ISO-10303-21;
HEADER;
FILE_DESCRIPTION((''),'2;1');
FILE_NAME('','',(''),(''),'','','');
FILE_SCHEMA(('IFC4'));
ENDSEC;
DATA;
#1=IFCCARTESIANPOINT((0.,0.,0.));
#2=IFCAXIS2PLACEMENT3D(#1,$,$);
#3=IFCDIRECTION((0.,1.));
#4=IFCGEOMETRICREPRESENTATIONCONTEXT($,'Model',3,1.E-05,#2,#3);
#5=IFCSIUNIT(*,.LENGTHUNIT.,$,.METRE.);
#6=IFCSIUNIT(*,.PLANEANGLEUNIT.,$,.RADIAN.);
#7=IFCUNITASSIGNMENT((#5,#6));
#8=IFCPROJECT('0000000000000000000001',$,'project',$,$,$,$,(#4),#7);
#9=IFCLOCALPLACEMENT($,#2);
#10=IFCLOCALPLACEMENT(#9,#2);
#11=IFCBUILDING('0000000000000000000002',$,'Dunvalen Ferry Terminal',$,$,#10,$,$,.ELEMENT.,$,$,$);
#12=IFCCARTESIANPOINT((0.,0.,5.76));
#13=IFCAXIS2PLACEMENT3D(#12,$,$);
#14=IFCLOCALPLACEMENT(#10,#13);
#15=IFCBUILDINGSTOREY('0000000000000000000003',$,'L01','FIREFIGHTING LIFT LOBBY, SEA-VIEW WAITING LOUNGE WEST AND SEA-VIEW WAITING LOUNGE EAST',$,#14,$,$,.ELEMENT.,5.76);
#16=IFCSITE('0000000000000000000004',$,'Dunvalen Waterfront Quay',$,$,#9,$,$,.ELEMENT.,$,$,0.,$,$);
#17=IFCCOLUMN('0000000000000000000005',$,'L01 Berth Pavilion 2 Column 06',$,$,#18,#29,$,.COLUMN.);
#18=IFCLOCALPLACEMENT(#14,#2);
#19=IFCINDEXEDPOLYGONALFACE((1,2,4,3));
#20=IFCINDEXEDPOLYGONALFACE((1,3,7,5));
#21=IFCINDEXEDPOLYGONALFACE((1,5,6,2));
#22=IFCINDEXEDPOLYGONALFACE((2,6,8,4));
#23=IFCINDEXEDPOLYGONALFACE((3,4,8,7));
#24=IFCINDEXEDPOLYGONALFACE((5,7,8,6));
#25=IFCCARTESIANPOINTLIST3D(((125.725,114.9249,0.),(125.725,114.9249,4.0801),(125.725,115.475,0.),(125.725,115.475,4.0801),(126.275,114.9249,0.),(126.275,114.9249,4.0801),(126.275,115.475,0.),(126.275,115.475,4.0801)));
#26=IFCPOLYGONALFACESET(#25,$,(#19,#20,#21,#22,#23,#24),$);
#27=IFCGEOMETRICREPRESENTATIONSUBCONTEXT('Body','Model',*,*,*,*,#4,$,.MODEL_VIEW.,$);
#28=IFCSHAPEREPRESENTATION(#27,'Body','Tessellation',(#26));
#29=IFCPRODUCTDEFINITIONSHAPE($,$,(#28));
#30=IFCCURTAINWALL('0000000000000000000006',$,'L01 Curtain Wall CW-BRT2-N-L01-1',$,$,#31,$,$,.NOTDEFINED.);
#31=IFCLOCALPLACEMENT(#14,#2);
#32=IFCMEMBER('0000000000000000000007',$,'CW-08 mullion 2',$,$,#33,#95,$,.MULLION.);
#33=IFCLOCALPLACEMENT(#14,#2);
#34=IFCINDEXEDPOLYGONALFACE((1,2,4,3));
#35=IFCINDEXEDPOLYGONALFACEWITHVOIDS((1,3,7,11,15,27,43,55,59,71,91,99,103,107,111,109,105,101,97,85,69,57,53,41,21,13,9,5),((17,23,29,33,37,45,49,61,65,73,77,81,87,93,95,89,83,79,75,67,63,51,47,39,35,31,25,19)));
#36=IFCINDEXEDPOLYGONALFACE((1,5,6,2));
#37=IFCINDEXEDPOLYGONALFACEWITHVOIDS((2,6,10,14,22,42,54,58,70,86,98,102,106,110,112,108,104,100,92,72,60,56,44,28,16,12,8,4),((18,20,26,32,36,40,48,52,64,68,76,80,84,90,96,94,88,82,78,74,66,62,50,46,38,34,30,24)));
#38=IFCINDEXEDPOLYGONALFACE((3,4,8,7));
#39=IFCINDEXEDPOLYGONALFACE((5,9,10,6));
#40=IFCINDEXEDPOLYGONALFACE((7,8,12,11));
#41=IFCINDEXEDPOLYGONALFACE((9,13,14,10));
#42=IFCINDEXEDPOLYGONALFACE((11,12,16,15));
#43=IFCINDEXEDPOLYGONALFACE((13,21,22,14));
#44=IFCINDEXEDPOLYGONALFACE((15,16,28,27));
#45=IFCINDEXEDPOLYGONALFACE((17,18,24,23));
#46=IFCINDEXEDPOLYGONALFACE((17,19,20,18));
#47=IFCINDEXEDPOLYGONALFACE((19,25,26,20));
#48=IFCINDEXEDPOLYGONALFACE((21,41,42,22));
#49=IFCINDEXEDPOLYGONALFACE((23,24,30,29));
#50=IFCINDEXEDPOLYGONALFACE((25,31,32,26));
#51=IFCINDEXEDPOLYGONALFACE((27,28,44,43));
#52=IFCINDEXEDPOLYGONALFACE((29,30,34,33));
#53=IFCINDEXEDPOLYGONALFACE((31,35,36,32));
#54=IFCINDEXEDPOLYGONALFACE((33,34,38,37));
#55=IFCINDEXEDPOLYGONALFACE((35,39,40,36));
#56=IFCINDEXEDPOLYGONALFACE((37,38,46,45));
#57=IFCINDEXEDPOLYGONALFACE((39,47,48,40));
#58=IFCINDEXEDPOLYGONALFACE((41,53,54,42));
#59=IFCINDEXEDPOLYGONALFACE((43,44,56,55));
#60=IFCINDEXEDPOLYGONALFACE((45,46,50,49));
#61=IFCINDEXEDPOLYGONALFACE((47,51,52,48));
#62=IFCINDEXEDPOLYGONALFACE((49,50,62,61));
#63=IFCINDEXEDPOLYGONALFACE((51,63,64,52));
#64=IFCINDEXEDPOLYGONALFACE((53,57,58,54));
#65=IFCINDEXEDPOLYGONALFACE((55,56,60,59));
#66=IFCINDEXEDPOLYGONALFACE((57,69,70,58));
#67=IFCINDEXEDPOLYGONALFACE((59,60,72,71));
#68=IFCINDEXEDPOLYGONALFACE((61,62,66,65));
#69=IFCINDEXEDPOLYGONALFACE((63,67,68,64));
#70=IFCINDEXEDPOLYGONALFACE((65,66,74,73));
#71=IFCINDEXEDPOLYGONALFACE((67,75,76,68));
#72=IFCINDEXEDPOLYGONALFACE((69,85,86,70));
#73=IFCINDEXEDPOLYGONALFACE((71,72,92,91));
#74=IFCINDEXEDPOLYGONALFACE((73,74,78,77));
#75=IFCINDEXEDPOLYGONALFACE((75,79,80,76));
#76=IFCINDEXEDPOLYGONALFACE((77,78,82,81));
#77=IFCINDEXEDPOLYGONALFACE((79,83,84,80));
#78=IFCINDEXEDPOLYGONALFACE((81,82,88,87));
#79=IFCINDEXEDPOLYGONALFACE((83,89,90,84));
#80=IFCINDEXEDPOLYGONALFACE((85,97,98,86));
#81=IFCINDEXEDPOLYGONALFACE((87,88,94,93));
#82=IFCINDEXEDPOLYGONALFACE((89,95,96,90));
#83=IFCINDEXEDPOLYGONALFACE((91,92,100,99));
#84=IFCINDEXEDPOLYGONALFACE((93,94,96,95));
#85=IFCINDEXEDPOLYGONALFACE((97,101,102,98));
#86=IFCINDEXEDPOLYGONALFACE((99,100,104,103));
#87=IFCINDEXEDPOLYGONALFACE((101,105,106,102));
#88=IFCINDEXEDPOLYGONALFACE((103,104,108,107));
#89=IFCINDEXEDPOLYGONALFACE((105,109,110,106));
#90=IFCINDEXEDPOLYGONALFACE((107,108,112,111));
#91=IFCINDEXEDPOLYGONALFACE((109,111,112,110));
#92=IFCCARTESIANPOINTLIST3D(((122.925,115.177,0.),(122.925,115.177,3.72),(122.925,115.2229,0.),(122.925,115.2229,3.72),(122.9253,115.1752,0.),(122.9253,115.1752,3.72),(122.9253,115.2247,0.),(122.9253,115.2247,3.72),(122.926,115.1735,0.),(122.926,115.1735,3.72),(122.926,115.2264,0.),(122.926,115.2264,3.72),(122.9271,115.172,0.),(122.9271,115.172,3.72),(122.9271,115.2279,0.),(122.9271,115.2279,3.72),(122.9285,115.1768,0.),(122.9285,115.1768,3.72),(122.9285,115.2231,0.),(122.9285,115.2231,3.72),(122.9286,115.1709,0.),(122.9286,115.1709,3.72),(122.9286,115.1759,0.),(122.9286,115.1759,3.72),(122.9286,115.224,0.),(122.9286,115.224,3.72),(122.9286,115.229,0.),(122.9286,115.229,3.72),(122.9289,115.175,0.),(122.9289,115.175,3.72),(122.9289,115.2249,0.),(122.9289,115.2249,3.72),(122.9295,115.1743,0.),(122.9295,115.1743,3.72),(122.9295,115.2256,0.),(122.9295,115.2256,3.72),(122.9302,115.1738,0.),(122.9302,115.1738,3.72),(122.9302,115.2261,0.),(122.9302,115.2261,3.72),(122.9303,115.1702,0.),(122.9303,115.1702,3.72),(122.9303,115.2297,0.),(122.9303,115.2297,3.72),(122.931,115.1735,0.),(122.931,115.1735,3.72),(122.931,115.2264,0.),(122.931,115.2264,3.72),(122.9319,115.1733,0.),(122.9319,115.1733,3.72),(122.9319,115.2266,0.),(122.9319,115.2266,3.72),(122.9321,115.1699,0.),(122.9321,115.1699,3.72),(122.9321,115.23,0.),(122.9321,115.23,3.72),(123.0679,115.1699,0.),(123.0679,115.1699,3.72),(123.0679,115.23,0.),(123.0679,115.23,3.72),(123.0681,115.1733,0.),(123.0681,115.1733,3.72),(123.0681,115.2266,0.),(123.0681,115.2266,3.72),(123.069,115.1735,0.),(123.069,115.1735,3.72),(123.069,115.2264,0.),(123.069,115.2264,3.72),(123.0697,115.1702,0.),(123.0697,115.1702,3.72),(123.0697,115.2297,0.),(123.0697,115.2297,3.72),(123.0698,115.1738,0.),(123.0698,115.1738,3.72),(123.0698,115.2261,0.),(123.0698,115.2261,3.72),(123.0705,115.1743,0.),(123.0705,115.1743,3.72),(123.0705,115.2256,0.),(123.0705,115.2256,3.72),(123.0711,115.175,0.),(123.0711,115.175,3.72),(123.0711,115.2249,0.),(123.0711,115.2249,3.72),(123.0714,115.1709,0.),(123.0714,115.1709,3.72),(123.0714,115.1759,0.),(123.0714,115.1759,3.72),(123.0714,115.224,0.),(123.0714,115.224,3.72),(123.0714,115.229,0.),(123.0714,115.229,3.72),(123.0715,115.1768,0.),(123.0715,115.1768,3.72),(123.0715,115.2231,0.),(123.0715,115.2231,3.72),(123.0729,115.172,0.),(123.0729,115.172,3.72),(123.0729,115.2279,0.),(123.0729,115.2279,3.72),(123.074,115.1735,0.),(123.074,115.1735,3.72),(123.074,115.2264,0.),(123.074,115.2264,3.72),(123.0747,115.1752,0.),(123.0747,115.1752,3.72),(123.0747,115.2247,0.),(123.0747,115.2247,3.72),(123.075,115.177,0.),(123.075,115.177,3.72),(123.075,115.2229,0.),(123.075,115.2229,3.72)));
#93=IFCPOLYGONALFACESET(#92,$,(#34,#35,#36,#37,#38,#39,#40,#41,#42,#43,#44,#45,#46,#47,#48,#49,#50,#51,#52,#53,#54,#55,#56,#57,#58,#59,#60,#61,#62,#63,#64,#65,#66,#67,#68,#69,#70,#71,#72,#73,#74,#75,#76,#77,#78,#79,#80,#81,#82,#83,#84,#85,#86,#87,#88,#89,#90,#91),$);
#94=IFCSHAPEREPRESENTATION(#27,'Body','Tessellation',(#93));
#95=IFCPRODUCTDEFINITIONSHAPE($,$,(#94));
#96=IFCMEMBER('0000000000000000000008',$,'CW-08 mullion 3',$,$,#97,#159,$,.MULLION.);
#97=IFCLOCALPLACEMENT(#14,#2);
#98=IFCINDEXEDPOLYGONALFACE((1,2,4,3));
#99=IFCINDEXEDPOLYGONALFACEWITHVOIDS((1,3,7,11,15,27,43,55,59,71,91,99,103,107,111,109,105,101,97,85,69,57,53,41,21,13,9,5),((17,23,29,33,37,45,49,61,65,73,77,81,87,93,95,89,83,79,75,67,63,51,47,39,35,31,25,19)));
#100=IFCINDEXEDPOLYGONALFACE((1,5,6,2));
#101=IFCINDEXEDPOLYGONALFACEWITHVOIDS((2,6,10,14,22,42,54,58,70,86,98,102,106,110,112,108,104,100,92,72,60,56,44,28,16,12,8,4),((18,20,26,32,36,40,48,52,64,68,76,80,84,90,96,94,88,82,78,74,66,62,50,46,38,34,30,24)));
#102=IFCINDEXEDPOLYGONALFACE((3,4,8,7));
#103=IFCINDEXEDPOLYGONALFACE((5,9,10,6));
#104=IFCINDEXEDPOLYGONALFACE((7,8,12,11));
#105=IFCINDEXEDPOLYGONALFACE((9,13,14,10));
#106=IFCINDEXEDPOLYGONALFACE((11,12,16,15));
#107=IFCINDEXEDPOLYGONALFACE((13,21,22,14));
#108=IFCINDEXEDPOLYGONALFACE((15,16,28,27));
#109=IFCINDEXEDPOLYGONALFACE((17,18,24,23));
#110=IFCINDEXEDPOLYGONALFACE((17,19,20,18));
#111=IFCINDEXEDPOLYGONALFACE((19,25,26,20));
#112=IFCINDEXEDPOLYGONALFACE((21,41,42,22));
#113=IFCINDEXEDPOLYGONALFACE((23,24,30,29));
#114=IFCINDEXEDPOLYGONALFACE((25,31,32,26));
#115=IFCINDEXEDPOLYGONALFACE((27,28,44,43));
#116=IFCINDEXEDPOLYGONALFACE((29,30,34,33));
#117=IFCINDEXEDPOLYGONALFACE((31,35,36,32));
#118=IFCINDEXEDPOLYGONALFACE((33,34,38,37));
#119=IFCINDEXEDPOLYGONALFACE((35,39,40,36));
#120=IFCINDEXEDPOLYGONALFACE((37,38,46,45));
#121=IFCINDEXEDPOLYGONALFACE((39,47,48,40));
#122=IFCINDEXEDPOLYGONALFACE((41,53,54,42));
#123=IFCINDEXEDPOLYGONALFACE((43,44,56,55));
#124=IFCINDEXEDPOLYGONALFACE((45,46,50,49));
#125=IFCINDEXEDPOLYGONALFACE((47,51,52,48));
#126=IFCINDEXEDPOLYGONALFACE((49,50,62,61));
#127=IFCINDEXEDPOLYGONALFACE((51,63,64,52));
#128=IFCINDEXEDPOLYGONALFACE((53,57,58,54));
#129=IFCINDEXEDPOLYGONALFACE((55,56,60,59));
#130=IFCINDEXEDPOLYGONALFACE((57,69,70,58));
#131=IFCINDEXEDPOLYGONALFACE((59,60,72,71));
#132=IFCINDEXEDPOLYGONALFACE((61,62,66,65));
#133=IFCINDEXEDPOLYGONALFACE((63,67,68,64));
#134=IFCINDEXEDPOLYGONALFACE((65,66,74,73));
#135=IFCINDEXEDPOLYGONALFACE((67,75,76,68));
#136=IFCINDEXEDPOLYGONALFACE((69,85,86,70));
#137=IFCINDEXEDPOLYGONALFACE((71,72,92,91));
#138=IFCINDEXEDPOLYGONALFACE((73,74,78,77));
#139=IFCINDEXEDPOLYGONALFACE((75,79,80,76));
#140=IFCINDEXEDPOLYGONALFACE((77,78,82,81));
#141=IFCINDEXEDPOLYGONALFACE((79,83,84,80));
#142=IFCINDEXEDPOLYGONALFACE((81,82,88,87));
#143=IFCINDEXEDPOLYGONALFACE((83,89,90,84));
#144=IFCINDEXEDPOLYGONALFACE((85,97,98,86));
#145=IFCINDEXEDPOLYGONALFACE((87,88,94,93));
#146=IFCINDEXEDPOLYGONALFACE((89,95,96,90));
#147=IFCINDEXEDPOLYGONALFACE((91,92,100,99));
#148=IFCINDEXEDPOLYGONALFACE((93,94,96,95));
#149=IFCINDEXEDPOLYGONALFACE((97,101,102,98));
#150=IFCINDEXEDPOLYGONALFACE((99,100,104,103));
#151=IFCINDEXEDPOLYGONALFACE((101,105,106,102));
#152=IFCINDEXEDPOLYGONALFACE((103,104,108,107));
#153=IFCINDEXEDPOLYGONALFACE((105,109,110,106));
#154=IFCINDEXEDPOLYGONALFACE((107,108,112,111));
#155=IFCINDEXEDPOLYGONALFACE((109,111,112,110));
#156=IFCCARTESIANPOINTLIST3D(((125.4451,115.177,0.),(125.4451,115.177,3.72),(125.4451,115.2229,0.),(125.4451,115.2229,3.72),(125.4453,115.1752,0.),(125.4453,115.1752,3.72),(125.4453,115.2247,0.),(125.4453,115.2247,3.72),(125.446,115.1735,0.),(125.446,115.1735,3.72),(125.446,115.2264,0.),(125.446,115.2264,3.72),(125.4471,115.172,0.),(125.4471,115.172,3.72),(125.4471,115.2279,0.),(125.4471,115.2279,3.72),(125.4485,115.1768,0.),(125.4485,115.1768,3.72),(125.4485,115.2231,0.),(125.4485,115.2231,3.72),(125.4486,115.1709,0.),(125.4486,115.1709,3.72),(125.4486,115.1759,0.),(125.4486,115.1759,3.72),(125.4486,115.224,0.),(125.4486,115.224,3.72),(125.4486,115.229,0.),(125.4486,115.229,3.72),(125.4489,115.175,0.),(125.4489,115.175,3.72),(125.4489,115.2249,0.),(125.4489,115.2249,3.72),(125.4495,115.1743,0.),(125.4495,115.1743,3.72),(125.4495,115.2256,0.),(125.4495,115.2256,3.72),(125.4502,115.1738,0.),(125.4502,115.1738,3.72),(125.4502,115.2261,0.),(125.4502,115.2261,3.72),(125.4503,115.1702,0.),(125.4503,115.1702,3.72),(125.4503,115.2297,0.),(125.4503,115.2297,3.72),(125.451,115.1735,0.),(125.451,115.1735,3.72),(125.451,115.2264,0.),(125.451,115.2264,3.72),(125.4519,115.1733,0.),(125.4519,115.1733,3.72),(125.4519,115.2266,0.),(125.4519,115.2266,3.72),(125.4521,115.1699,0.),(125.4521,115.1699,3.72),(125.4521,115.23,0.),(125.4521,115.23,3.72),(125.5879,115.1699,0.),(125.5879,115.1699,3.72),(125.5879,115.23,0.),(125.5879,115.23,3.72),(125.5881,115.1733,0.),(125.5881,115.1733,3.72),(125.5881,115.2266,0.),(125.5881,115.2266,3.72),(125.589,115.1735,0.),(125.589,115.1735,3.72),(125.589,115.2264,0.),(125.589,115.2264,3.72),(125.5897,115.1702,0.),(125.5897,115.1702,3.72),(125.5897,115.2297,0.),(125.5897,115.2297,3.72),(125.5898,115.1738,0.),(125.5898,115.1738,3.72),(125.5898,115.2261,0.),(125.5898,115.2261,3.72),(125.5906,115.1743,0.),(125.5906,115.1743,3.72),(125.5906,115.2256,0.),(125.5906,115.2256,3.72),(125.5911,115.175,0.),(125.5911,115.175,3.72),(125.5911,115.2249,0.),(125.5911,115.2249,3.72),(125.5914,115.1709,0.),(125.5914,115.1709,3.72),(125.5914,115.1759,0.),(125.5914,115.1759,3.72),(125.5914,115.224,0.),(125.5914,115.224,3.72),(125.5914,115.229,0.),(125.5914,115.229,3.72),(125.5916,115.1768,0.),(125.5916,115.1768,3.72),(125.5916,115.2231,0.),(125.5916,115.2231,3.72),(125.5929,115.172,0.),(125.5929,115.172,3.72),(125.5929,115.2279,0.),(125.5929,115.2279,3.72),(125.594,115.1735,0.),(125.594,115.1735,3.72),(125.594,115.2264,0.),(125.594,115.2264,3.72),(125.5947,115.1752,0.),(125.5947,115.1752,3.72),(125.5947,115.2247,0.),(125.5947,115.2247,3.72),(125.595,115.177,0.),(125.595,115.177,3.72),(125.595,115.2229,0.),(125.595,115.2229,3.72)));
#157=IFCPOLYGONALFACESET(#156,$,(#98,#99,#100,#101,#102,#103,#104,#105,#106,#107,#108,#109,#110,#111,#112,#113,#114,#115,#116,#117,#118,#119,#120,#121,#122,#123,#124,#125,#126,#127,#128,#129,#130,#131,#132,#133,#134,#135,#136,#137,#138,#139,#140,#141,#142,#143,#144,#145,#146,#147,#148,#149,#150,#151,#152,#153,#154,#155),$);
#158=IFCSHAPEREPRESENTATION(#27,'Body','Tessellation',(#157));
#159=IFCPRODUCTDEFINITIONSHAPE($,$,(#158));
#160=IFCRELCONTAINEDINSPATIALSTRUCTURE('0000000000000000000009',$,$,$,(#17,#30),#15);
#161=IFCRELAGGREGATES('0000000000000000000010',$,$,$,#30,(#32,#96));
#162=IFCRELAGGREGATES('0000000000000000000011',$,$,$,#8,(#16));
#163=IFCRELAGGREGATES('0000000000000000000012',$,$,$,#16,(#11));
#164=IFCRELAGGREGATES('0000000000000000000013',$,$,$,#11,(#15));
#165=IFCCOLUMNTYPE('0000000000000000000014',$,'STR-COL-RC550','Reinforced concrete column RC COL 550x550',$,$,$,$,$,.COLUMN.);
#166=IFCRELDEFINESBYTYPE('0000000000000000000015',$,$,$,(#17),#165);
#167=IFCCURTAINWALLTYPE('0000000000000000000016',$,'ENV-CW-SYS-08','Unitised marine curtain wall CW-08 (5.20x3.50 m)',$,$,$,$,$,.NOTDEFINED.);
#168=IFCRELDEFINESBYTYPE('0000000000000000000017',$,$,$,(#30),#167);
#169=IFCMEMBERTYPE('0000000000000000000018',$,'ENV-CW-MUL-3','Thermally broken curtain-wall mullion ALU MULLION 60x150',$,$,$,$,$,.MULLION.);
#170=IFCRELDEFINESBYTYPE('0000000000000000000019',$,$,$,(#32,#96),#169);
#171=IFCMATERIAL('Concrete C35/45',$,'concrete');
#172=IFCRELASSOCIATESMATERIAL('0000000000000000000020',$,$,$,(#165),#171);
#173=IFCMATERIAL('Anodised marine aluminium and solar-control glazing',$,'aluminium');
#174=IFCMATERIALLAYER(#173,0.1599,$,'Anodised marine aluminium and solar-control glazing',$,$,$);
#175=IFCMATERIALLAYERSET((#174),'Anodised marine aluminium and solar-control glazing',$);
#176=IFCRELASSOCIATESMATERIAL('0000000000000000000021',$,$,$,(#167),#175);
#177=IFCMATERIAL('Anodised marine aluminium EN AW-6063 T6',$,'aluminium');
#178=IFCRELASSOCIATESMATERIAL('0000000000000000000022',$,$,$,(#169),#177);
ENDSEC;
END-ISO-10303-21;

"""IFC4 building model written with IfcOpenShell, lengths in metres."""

from ifc_helpers import new_model, si_unit, direction, frame, origin, origin_2d, place, context, subcontext, project, spatial, rectangle, hollow_rectangle, extrude, material, layer, layer_set, material_profile, profile_set, type_object, element, aggregate, save


model = new_model("IFC4")

# Units and contexts
model_context = context("Model", 3, precision=1e-05, world=origin(), true_north=direction((0.0, 1.0)))
body_context = subcontext(model_context, "Body", "Model", "MODEL_VIEW")
ifc_project = project(units=[si_unit("LENGTHUNIT", "METRE"), si_unit("PLANEANGLEUNIT", "RADIAN")], contexts=[model_context])

# Site, building, storey
site_placement = place(None, origin())
site = spatial("IfcSite", under=ifc_project, at=site_placement, Name="Dunvalen Waterfront Quay", CompositionType="ELEMENT", RefElevation=0.0)
building_placement = place(site_placement, origin())
building = spatial("IfcBuilding", under=site, at=building_placement, Name="Dunvalen Ferry Terminal", CompositionType="ELEMENT")
storey_placement = place(building_placement, frame((0.0, 0.0, 5.76)))
storey = spatial("IfcBuildingStorey", under=building, at=storey_placement, Name="L01", Description="FIREFIGHTING LIFT LOBBY, SEA-VIEW WAITING LOUNGE WEST AND SEA-VIEW WAITING LOUNGE EAST", CompositionType="ELEMENT", Elevation=5.76)

# Column
ifc_material_1 = material(Name="Concrete C35/45", Category="concrete")
ifc_material_profile_1 = material_profile(ifc_material_1, rectangle(XDim=0.55, YDim=0.55, at=origin_2d()), Name="Concrete C35/45")
ifc_profile_set_1 = profile_set([ifc_material_profile_1], Name="Concrete C35/45")
column_type = type_object("IfcColumnType", Name="STR-COL-RC550", Description="Reinforced concrete column RC COL 550x550", PredefinedType="COLUMN", material=ifc_profile_set_1)
column_placement = place(storey_placement, frame((126.0, 115.2, 0.0), z_axis=(0.0, 0.0, 1.0), x_axis=(1.0, 0.0, 0.0)))
element("IfcColumn", 1, at=column_placement, inside=storey, type_object=column_type, Name="L01 Berth Pavilion 2 Column 06", PredefinedType="COLUMN", context=body_context, shape_type="SweptSolid", body=[
    extrude(rectangle(XDim=0.55, YDim=0.55, at=origin_2d()), origin(), (0.0, 0.0, 1.0), 4.0801),
])

# Curtain wall, members
ifc_material_2 = material(Name="Anodised marine aluminium and solar-control glazing", Category="aluminium")
ifc_layer_1 = layer(ifc_material_2, 0.1599, Name="Anodised marine aluminium and solar-control glazing")
ifc_layer_set_1 = layer_set([ifc_layer_1], Name="Anodised marine aluminium and solar-control glazing")
curtain_wall_type = type_object("IfcCurtainWallType", Name="ENV-CW-SYS-08", Description="Unitised marine curtain wall CW-08 (5.20x3.50 m)", PredefinedType="NOTDEFINED", material=ifc_layer_set_1)
curtain_wall_1_placement = place(storey_placement, origin())
curtain_wall_1 = element("IfcCurtainWall", 2, at=curtain_wall_1_placement, inside=storey, type_object=curtain_wall_type, Name="L01 Curtain Wall CW-BRT2-N-L01-1", PredefinedType="NOTDEFINED")
ifc_material_3 = material(Name="Anodised marine aluminium EN AW-6063 T6", Category="aluminium")
ifc_material_profile_2 = material_profile(ifc_material_3, hollow_rectangle(XDim=0.0601, YDim=0.1499, WallThickness=0.0034, InnerFilletRadius=0.0034, OuterFilletRadius=0.0071, at=origin_2d()), Name="Anodised marine aluminium EN AW-6063 T6")
ifc_profile_set_2 = profile_set([ifc_material_profile_2], Name="Anodised marine aluminium EN AW-6063 T6")
member_type_1 = type_object("IfcMemberType", Name="ENV-CW-MUL-3", Description="Thermally broken curtain-wall mullion ALU MULLION 60x150", PredefinedType="MULLION", material=ifc_profile_set_2)
member_1_placement = place(storey_placement, frame((123.0, 115.2, 0.0), z_axis=(0.0, 0.0, 1.0), x_axis=(0.0, 1.0, 0.0)))
member_1 = element("IfcMember", 3, at=member_1_placement, type_object=member_type_1, Name="CW-08 mullion 2", PredefinedType="MULLION", context=body_context, shape_type="SweptSolid", body=[
    extrude(hollow_rectangle(XDim=0.0601, YDim=0.1499, WallThickness=0.0034, InnerFilletRadius=0.0034, OuterFilletRadius=0.0071, at=origin_2d()), origin(), (0.0, 0.0, 1.0), 3.72),
])
member_2_placement = place(storey_placement, frame((125.52, 115.2, 0.0), z_axis=(0.0, 0.0, 1.0), x_axis=(0.0, 1.0, 0.0)))
member_2 = element("IfcMember", 4, at=member_2_placement, type_object=member_type_1, Name="CW-08 mullion 3", PredefinedType="MULLION", context=body_context, shape_type="SweptSolid", body=[
    extrude(hollow_rectangle(XDim=0.0601, YDim=0.1499, WallThickness=0.0034, InnerFilletRadius=0.0034, OuterFilletRadius=0.0071, at=origin_2d()), origin(), (0.0, 0.0, 1.0), 3.72),
])

aggregate(curtain_wall_1, [member_1, member_2])

save(model, "model.ifc")
